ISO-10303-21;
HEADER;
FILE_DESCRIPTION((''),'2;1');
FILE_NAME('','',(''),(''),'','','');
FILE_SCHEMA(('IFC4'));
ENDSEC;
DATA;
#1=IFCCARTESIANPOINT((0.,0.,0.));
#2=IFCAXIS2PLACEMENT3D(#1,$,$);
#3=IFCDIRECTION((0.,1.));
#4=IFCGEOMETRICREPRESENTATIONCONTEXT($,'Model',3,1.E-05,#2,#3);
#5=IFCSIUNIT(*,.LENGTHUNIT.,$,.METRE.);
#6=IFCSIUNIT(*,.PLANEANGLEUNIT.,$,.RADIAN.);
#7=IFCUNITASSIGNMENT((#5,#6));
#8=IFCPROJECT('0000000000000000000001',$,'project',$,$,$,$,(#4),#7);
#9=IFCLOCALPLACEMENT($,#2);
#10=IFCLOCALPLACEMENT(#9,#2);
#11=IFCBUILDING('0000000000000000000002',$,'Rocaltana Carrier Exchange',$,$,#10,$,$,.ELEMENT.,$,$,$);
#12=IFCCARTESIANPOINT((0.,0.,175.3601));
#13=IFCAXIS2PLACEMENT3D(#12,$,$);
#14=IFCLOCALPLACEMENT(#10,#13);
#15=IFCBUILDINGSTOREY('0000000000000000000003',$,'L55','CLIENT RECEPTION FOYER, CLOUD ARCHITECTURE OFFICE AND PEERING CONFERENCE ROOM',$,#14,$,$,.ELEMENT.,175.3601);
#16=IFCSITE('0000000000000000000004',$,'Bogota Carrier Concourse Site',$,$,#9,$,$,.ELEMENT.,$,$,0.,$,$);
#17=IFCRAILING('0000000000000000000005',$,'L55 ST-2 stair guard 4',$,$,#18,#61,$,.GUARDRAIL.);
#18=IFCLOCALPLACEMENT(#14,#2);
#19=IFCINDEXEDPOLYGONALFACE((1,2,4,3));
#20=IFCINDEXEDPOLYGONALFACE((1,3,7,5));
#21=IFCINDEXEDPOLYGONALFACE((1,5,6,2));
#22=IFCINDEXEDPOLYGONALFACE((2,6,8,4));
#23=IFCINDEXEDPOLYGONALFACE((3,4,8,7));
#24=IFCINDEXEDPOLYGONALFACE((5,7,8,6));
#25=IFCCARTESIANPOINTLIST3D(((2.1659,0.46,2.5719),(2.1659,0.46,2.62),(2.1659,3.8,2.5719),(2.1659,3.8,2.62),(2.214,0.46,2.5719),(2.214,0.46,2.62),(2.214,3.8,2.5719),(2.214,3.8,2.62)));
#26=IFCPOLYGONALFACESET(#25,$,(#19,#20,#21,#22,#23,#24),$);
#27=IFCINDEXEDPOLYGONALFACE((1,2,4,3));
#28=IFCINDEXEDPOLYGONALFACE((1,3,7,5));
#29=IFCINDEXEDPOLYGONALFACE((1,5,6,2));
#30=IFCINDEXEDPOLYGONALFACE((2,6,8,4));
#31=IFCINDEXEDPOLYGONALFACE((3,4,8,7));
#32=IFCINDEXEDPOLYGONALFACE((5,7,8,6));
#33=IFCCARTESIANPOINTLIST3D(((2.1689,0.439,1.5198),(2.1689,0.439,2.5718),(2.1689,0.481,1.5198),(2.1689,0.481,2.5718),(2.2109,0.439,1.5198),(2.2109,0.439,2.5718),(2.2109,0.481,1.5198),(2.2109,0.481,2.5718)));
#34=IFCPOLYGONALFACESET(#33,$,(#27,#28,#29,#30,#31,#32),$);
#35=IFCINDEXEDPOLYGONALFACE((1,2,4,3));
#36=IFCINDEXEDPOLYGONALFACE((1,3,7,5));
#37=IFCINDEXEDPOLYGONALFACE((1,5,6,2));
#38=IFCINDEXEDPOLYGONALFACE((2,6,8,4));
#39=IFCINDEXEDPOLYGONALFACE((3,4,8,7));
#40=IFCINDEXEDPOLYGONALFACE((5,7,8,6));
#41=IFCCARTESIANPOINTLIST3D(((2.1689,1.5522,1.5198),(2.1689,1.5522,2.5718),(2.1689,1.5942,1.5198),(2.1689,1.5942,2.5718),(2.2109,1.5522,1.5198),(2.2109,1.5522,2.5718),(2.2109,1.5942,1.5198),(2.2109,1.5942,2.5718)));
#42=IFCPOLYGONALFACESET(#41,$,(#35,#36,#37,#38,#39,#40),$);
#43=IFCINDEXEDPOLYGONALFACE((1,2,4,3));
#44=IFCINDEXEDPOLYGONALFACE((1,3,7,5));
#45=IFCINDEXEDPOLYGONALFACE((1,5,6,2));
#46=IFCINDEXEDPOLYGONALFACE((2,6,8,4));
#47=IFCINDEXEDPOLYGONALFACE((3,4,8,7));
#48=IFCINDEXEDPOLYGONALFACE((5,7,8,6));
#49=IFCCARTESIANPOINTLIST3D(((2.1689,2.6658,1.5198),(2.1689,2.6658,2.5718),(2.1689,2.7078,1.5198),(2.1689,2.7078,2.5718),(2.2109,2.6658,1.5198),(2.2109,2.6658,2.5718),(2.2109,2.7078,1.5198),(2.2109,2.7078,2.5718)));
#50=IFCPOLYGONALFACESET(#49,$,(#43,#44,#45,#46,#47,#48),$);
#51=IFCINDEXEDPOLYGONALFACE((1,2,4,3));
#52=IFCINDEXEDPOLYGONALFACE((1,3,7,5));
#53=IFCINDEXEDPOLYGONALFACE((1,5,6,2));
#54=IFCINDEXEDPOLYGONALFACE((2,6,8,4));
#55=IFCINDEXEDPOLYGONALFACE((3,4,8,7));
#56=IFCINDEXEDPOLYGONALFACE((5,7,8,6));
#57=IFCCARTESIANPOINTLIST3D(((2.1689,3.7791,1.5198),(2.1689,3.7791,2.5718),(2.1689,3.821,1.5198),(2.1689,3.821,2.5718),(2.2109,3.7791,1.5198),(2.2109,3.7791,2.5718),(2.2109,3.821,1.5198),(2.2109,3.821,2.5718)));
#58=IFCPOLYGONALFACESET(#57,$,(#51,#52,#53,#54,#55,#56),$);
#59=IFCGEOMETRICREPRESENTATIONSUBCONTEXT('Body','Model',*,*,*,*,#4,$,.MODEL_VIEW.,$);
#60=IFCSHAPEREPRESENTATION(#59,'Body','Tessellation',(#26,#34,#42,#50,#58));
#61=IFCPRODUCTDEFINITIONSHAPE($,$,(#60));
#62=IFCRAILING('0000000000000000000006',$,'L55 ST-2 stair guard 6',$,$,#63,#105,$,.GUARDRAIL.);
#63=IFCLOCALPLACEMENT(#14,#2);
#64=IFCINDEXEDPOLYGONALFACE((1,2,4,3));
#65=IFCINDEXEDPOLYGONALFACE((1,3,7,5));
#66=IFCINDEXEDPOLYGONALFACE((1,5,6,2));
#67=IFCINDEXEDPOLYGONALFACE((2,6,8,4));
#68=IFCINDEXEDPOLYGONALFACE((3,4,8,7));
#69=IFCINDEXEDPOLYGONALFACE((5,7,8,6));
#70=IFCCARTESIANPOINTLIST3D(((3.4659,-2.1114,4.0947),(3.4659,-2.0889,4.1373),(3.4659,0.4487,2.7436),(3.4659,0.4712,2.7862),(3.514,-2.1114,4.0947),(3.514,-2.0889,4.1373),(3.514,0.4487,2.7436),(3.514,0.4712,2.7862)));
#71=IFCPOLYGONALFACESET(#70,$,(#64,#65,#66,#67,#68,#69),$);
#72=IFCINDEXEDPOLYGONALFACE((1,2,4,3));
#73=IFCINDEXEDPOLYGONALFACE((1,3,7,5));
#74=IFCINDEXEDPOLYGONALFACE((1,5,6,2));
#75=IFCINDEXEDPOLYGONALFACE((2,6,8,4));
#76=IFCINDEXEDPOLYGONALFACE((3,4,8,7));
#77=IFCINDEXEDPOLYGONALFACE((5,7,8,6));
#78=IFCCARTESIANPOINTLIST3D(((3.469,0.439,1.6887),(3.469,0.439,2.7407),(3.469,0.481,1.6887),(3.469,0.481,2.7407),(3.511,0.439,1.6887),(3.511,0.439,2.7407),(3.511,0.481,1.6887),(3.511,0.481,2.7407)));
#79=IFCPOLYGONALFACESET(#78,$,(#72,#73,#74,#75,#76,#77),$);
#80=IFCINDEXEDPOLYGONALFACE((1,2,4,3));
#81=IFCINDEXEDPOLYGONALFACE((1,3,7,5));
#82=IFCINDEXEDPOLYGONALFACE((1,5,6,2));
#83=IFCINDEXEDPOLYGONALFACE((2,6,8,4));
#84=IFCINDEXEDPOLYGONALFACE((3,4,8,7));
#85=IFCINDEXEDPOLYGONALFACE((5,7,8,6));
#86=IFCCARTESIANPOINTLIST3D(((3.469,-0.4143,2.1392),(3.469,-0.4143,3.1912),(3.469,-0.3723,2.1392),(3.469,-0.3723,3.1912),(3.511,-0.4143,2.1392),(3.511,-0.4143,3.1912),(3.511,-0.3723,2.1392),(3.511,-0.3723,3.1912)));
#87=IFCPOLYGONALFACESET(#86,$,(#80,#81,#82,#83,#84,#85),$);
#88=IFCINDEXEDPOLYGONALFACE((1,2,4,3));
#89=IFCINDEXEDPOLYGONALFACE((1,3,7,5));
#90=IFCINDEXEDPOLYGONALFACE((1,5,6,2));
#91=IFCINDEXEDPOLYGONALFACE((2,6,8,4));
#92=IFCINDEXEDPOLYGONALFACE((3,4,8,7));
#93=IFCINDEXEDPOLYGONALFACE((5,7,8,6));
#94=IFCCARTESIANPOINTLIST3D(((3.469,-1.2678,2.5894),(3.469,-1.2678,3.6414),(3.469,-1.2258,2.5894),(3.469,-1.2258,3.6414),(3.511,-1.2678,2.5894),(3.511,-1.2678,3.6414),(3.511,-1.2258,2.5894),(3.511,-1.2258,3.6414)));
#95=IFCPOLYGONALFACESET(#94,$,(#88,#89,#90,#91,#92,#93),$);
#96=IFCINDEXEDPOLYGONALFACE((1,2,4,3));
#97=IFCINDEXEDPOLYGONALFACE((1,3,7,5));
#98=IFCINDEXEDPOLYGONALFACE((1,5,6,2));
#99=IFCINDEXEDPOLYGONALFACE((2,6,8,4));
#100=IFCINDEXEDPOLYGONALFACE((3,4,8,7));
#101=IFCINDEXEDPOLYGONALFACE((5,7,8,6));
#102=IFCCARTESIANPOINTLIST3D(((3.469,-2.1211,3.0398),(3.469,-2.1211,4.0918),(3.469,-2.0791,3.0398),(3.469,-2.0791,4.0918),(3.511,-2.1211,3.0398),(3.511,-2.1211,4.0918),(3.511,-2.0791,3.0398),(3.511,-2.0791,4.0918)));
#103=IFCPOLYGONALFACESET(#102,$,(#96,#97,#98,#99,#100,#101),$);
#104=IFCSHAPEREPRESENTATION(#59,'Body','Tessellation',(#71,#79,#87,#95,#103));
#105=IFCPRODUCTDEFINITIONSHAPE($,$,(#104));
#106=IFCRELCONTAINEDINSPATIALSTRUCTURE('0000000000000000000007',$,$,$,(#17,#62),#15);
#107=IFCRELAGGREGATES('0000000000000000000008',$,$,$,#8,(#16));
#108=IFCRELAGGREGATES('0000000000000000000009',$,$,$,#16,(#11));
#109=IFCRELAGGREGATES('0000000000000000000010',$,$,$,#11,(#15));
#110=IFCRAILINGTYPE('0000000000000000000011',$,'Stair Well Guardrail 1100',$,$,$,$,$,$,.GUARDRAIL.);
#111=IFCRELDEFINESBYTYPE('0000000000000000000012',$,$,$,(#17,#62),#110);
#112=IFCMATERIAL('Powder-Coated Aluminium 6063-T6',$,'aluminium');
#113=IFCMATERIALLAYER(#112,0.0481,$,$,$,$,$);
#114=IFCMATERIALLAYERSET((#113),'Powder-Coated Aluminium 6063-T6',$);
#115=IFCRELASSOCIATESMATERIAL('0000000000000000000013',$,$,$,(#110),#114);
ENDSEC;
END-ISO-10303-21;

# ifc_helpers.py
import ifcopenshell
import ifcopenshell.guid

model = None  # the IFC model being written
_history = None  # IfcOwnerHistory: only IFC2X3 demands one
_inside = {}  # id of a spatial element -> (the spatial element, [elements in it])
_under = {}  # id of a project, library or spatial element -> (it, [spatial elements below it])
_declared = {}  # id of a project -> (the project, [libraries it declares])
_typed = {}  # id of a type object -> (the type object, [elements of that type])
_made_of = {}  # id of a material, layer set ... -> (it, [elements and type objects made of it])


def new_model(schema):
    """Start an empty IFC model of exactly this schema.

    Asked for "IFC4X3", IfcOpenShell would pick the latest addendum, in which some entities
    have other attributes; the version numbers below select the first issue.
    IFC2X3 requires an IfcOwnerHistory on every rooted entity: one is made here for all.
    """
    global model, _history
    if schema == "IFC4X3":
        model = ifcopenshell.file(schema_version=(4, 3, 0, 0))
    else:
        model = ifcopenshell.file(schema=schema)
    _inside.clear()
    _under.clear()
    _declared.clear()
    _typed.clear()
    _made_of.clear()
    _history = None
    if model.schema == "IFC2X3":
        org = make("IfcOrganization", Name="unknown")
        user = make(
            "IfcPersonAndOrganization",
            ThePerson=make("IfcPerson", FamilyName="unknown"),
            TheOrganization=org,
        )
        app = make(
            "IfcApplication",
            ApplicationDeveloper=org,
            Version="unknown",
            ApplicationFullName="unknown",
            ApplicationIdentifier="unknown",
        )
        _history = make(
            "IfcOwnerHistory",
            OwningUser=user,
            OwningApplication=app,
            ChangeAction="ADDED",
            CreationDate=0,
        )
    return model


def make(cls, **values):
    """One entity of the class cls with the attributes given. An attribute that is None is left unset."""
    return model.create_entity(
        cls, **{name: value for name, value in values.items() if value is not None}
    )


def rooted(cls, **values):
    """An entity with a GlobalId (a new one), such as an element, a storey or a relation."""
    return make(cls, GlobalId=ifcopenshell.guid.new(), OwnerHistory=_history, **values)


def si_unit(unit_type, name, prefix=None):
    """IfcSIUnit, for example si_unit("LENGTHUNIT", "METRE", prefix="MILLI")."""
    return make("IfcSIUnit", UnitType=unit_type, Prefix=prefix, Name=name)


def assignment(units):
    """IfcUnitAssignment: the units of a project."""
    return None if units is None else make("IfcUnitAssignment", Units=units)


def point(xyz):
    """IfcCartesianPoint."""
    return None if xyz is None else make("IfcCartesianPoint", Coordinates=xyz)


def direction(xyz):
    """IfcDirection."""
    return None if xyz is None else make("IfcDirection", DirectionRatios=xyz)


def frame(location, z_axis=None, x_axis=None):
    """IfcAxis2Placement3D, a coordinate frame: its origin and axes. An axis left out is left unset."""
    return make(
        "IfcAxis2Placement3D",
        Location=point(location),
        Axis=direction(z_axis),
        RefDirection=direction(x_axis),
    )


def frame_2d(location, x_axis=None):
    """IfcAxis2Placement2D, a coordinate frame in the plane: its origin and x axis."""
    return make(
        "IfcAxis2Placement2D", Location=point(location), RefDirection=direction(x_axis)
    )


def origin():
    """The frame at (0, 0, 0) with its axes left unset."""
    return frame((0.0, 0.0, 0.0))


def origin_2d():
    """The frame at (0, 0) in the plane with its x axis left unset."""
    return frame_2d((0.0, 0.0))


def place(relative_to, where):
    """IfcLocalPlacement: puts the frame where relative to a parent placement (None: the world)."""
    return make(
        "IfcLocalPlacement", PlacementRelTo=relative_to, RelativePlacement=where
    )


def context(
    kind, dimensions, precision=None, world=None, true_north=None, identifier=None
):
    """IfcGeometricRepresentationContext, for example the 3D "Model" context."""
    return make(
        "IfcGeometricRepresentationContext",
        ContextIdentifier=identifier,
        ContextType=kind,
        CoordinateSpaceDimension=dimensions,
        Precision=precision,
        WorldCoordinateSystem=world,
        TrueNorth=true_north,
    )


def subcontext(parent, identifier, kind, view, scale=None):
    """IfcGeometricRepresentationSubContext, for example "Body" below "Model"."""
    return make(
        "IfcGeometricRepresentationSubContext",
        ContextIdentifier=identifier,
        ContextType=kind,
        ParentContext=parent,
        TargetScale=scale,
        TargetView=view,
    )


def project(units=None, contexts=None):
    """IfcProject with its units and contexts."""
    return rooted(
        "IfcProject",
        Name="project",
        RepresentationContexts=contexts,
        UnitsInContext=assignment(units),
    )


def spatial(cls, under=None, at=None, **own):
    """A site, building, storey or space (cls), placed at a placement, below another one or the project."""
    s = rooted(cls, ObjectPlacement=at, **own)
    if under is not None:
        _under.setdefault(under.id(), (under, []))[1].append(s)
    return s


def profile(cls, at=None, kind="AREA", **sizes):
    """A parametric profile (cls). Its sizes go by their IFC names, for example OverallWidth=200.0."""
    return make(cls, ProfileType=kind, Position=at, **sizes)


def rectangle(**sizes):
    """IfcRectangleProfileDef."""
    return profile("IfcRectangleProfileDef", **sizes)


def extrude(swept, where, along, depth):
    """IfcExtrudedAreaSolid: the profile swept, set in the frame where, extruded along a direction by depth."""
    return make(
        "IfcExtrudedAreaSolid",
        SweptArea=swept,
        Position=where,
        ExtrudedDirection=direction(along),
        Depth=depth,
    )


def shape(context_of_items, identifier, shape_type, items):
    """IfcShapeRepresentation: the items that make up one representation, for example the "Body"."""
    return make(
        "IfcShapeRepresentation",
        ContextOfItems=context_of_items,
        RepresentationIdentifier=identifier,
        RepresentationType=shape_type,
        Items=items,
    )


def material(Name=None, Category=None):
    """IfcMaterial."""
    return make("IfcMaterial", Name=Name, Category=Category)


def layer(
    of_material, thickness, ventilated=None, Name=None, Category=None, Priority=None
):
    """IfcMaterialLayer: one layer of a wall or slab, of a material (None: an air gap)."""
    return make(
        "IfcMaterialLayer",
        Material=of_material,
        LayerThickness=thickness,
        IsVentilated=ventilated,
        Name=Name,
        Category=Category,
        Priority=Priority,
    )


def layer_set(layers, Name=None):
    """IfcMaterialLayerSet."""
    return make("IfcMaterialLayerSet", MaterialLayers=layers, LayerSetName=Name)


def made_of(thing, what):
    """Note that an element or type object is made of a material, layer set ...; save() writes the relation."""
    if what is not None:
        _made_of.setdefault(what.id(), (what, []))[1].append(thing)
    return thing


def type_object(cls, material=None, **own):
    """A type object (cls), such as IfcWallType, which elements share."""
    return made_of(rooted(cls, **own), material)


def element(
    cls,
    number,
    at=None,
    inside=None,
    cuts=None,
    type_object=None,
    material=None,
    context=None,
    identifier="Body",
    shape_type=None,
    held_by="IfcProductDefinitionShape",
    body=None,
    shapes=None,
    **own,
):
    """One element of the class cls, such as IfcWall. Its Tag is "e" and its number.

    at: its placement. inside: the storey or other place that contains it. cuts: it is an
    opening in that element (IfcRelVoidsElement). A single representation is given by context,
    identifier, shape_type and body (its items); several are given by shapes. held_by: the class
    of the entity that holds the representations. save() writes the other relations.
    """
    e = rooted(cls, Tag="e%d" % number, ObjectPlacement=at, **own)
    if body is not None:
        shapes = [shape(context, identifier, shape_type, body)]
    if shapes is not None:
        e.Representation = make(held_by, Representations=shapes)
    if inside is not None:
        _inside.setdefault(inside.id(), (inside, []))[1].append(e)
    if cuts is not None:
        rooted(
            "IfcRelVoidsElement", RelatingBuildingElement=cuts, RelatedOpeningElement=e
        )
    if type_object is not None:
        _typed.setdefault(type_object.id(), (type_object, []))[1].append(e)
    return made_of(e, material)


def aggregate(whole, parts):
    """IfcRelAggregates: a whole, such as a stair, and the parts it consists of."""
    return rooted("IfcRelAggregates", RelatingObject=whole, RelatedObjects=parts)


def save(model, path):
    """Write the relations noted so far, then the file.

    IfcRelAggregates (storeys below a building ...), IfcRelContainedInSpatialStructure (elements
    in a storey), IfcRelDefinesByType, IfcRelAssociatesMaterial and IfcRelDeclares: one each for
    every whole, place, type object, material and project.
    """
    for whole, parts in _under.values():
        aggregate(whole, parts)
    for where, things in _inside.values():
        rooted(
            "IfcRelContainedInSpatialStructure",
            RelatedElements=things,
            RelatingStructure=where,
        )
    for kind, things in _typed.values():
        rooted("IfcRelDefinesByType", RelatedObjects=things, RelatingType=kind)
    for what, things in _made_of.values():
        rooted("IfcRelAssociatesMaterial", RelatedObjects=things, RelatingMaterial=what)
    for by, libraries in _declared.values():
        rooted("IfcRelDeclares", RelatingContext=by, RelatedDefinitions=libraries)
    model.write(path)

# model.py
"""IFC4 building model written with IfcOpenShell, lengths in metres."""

from ifc_helpers import new_model, si_unit, direction, frame, origin, origin_2d, place, context, subcontext, project, spatial, rectangle, extrude, material, layer, layer_set, type_object, element, save


model = new_model("IFC4")

# Units and contexts
model_context = context("Model", 3, precision=1e-05, world=origin(), true_north=direction((0.0, 1.0)))
body_context = subcontext(model_context, "Body", "Model", "MODEL_VIEW")
ifc_project = project(units=[si_unit("LENGTHUNIT", "METRE"), si_unit("PLANEANGLEUNIT", "RADIAN")], contexts=[model_context])

# Site, building, storey
site_placement = place(None, origin())
site = spatial("IfcSite", under=ifc_project, at=site_placement, Name="Bogota Carrier Concourse Site", CompositionType="ELEMENT", RefElevation=0.0)
building_placement = place(site_placement, origin())
building = spatial("IfcBuilding", under=site, at=building_placement, Name="Rocaltana Carrier Exchange", CompositionType="ELEMENT")
storey_placement = place(building_placement, frame((0.0, 0.0, 175.3601)))
storey = spatial("IfcBuildingStorey", under=building, at=storey_placement, Name="L55", Description="CLIENT RECEPTION FOYER, CLOUD ARCHITECTURE OFFICE AND PEERING CONFERENCE ROOM", CompositionType="ELEMENT", Elevation=175.3601)

# Railings
ifc_material_1 = material(Name="Powder-Coated Aluminium 6063-T6", Category="aluminium")
ifc_layer_1 = layer(ifc_material_1, 0.0481)
ifc_layer_set_1 = layer_set([ifc_layer_1], Name="Powder-Coated Aluminium 6063-T6")
railing_type_1 = type_object("IfcRailingType", Name="Stair Well Guardrail 1100", PredefinedType="GUARDRAIL", material=ifc_layer_set_1)
railing_1_placement = place(storey_placement, frame((2.1899, 0.46, 1.5198)))
element("IfcRailing", 1, at=railing_1_placement, inside=storey, type_object=railing_type_1, Name="L55 ST-2 stair guard 4", PredefinedType="GUARDRAIL", context=body_context, shape_type="SweptSolid", body=[
    extrude(rectangle(XDim=0.0481, YDim=0.0481, at=origin_2d()), frame((0.0, 0.0, 1.0762), z_axis=(0.0, 1.0, 0.0), x_axis=(-1.0, 0.0, 0.0)), (0.0, 0.0, 1.0), 3.3401),
    extrude(rectangle(XDim=0.042, YDim=0.042, at=origin_2d()), origin(), (0.0, 0.0, 1.0), 1.052),
    extrude(rectangle(XDim=0.042, YDim=0.042, at=origin_2d()), frame((0.0, 1.1133, 0.0)), (0.0, 0.0, 1.0), 1.052),
    extrude(rectangle(XDim=0.042, YDim=0.042, at=origin_2d()), frame((0.0, 2.2268, 0.0)), (0.0, 0.0, 1.0), 1.052),
    extrude(rectangle(XDim=0.042, YDim=0.042, at=origin_2d()), frame((0.0, 3.3401, 0.0)), (0.0, 0.0, 1.0), 1.052),
])
railing_2_placement = place(storey_placement, frame((3.49, 0.46, 1.6887)))
element("IfcRailing", 2, at=railing_2_placement, inside=storey, type_object=railing_type_1, Name="L55 ST-2 stair guard 6", PredefinedType="GUARDRAIL", context=body_context, shape_type="SweptSolid", body=[
    extrude(rectangle(XDim=0.0481, YDim=0.0481, at=origin_2d()), frame((0.0, 0.0, 1.0762), z_axis=(0.0, -0.884394, 0.46674), x_axis=(1.0, 0.0, 0.0)), (0.0, 0.0, 1.0), 2.8948),
    extrude(rectangle(XDim=0.042, YDim=0.042, at=origin_2d()), origin(), (0.0, 0.0, 1.0), 1.052),
    extrude(rectangle(XDim=0.042, YDim=0.042, at=origin_2d()), frame((0.0, -0.8533, 0.4504)), (0.0, 0.0, 1.0), 1.052),
    extrude(rectangle(XDim=0.042, YDim=0.042, at=origin_2d()), frame((0.0, -1.7068, 0.9006)), (0.0, 0.0, 1.0), 1.052),
    extrude(rectangle(XDim=0.042, YDim=0.042, at=origin_2d()), frame((0.0, -2.5601, 1.3511)), (0.0, 0.0, 1.0), 1.052),
])

save(model, "model.ifc")
